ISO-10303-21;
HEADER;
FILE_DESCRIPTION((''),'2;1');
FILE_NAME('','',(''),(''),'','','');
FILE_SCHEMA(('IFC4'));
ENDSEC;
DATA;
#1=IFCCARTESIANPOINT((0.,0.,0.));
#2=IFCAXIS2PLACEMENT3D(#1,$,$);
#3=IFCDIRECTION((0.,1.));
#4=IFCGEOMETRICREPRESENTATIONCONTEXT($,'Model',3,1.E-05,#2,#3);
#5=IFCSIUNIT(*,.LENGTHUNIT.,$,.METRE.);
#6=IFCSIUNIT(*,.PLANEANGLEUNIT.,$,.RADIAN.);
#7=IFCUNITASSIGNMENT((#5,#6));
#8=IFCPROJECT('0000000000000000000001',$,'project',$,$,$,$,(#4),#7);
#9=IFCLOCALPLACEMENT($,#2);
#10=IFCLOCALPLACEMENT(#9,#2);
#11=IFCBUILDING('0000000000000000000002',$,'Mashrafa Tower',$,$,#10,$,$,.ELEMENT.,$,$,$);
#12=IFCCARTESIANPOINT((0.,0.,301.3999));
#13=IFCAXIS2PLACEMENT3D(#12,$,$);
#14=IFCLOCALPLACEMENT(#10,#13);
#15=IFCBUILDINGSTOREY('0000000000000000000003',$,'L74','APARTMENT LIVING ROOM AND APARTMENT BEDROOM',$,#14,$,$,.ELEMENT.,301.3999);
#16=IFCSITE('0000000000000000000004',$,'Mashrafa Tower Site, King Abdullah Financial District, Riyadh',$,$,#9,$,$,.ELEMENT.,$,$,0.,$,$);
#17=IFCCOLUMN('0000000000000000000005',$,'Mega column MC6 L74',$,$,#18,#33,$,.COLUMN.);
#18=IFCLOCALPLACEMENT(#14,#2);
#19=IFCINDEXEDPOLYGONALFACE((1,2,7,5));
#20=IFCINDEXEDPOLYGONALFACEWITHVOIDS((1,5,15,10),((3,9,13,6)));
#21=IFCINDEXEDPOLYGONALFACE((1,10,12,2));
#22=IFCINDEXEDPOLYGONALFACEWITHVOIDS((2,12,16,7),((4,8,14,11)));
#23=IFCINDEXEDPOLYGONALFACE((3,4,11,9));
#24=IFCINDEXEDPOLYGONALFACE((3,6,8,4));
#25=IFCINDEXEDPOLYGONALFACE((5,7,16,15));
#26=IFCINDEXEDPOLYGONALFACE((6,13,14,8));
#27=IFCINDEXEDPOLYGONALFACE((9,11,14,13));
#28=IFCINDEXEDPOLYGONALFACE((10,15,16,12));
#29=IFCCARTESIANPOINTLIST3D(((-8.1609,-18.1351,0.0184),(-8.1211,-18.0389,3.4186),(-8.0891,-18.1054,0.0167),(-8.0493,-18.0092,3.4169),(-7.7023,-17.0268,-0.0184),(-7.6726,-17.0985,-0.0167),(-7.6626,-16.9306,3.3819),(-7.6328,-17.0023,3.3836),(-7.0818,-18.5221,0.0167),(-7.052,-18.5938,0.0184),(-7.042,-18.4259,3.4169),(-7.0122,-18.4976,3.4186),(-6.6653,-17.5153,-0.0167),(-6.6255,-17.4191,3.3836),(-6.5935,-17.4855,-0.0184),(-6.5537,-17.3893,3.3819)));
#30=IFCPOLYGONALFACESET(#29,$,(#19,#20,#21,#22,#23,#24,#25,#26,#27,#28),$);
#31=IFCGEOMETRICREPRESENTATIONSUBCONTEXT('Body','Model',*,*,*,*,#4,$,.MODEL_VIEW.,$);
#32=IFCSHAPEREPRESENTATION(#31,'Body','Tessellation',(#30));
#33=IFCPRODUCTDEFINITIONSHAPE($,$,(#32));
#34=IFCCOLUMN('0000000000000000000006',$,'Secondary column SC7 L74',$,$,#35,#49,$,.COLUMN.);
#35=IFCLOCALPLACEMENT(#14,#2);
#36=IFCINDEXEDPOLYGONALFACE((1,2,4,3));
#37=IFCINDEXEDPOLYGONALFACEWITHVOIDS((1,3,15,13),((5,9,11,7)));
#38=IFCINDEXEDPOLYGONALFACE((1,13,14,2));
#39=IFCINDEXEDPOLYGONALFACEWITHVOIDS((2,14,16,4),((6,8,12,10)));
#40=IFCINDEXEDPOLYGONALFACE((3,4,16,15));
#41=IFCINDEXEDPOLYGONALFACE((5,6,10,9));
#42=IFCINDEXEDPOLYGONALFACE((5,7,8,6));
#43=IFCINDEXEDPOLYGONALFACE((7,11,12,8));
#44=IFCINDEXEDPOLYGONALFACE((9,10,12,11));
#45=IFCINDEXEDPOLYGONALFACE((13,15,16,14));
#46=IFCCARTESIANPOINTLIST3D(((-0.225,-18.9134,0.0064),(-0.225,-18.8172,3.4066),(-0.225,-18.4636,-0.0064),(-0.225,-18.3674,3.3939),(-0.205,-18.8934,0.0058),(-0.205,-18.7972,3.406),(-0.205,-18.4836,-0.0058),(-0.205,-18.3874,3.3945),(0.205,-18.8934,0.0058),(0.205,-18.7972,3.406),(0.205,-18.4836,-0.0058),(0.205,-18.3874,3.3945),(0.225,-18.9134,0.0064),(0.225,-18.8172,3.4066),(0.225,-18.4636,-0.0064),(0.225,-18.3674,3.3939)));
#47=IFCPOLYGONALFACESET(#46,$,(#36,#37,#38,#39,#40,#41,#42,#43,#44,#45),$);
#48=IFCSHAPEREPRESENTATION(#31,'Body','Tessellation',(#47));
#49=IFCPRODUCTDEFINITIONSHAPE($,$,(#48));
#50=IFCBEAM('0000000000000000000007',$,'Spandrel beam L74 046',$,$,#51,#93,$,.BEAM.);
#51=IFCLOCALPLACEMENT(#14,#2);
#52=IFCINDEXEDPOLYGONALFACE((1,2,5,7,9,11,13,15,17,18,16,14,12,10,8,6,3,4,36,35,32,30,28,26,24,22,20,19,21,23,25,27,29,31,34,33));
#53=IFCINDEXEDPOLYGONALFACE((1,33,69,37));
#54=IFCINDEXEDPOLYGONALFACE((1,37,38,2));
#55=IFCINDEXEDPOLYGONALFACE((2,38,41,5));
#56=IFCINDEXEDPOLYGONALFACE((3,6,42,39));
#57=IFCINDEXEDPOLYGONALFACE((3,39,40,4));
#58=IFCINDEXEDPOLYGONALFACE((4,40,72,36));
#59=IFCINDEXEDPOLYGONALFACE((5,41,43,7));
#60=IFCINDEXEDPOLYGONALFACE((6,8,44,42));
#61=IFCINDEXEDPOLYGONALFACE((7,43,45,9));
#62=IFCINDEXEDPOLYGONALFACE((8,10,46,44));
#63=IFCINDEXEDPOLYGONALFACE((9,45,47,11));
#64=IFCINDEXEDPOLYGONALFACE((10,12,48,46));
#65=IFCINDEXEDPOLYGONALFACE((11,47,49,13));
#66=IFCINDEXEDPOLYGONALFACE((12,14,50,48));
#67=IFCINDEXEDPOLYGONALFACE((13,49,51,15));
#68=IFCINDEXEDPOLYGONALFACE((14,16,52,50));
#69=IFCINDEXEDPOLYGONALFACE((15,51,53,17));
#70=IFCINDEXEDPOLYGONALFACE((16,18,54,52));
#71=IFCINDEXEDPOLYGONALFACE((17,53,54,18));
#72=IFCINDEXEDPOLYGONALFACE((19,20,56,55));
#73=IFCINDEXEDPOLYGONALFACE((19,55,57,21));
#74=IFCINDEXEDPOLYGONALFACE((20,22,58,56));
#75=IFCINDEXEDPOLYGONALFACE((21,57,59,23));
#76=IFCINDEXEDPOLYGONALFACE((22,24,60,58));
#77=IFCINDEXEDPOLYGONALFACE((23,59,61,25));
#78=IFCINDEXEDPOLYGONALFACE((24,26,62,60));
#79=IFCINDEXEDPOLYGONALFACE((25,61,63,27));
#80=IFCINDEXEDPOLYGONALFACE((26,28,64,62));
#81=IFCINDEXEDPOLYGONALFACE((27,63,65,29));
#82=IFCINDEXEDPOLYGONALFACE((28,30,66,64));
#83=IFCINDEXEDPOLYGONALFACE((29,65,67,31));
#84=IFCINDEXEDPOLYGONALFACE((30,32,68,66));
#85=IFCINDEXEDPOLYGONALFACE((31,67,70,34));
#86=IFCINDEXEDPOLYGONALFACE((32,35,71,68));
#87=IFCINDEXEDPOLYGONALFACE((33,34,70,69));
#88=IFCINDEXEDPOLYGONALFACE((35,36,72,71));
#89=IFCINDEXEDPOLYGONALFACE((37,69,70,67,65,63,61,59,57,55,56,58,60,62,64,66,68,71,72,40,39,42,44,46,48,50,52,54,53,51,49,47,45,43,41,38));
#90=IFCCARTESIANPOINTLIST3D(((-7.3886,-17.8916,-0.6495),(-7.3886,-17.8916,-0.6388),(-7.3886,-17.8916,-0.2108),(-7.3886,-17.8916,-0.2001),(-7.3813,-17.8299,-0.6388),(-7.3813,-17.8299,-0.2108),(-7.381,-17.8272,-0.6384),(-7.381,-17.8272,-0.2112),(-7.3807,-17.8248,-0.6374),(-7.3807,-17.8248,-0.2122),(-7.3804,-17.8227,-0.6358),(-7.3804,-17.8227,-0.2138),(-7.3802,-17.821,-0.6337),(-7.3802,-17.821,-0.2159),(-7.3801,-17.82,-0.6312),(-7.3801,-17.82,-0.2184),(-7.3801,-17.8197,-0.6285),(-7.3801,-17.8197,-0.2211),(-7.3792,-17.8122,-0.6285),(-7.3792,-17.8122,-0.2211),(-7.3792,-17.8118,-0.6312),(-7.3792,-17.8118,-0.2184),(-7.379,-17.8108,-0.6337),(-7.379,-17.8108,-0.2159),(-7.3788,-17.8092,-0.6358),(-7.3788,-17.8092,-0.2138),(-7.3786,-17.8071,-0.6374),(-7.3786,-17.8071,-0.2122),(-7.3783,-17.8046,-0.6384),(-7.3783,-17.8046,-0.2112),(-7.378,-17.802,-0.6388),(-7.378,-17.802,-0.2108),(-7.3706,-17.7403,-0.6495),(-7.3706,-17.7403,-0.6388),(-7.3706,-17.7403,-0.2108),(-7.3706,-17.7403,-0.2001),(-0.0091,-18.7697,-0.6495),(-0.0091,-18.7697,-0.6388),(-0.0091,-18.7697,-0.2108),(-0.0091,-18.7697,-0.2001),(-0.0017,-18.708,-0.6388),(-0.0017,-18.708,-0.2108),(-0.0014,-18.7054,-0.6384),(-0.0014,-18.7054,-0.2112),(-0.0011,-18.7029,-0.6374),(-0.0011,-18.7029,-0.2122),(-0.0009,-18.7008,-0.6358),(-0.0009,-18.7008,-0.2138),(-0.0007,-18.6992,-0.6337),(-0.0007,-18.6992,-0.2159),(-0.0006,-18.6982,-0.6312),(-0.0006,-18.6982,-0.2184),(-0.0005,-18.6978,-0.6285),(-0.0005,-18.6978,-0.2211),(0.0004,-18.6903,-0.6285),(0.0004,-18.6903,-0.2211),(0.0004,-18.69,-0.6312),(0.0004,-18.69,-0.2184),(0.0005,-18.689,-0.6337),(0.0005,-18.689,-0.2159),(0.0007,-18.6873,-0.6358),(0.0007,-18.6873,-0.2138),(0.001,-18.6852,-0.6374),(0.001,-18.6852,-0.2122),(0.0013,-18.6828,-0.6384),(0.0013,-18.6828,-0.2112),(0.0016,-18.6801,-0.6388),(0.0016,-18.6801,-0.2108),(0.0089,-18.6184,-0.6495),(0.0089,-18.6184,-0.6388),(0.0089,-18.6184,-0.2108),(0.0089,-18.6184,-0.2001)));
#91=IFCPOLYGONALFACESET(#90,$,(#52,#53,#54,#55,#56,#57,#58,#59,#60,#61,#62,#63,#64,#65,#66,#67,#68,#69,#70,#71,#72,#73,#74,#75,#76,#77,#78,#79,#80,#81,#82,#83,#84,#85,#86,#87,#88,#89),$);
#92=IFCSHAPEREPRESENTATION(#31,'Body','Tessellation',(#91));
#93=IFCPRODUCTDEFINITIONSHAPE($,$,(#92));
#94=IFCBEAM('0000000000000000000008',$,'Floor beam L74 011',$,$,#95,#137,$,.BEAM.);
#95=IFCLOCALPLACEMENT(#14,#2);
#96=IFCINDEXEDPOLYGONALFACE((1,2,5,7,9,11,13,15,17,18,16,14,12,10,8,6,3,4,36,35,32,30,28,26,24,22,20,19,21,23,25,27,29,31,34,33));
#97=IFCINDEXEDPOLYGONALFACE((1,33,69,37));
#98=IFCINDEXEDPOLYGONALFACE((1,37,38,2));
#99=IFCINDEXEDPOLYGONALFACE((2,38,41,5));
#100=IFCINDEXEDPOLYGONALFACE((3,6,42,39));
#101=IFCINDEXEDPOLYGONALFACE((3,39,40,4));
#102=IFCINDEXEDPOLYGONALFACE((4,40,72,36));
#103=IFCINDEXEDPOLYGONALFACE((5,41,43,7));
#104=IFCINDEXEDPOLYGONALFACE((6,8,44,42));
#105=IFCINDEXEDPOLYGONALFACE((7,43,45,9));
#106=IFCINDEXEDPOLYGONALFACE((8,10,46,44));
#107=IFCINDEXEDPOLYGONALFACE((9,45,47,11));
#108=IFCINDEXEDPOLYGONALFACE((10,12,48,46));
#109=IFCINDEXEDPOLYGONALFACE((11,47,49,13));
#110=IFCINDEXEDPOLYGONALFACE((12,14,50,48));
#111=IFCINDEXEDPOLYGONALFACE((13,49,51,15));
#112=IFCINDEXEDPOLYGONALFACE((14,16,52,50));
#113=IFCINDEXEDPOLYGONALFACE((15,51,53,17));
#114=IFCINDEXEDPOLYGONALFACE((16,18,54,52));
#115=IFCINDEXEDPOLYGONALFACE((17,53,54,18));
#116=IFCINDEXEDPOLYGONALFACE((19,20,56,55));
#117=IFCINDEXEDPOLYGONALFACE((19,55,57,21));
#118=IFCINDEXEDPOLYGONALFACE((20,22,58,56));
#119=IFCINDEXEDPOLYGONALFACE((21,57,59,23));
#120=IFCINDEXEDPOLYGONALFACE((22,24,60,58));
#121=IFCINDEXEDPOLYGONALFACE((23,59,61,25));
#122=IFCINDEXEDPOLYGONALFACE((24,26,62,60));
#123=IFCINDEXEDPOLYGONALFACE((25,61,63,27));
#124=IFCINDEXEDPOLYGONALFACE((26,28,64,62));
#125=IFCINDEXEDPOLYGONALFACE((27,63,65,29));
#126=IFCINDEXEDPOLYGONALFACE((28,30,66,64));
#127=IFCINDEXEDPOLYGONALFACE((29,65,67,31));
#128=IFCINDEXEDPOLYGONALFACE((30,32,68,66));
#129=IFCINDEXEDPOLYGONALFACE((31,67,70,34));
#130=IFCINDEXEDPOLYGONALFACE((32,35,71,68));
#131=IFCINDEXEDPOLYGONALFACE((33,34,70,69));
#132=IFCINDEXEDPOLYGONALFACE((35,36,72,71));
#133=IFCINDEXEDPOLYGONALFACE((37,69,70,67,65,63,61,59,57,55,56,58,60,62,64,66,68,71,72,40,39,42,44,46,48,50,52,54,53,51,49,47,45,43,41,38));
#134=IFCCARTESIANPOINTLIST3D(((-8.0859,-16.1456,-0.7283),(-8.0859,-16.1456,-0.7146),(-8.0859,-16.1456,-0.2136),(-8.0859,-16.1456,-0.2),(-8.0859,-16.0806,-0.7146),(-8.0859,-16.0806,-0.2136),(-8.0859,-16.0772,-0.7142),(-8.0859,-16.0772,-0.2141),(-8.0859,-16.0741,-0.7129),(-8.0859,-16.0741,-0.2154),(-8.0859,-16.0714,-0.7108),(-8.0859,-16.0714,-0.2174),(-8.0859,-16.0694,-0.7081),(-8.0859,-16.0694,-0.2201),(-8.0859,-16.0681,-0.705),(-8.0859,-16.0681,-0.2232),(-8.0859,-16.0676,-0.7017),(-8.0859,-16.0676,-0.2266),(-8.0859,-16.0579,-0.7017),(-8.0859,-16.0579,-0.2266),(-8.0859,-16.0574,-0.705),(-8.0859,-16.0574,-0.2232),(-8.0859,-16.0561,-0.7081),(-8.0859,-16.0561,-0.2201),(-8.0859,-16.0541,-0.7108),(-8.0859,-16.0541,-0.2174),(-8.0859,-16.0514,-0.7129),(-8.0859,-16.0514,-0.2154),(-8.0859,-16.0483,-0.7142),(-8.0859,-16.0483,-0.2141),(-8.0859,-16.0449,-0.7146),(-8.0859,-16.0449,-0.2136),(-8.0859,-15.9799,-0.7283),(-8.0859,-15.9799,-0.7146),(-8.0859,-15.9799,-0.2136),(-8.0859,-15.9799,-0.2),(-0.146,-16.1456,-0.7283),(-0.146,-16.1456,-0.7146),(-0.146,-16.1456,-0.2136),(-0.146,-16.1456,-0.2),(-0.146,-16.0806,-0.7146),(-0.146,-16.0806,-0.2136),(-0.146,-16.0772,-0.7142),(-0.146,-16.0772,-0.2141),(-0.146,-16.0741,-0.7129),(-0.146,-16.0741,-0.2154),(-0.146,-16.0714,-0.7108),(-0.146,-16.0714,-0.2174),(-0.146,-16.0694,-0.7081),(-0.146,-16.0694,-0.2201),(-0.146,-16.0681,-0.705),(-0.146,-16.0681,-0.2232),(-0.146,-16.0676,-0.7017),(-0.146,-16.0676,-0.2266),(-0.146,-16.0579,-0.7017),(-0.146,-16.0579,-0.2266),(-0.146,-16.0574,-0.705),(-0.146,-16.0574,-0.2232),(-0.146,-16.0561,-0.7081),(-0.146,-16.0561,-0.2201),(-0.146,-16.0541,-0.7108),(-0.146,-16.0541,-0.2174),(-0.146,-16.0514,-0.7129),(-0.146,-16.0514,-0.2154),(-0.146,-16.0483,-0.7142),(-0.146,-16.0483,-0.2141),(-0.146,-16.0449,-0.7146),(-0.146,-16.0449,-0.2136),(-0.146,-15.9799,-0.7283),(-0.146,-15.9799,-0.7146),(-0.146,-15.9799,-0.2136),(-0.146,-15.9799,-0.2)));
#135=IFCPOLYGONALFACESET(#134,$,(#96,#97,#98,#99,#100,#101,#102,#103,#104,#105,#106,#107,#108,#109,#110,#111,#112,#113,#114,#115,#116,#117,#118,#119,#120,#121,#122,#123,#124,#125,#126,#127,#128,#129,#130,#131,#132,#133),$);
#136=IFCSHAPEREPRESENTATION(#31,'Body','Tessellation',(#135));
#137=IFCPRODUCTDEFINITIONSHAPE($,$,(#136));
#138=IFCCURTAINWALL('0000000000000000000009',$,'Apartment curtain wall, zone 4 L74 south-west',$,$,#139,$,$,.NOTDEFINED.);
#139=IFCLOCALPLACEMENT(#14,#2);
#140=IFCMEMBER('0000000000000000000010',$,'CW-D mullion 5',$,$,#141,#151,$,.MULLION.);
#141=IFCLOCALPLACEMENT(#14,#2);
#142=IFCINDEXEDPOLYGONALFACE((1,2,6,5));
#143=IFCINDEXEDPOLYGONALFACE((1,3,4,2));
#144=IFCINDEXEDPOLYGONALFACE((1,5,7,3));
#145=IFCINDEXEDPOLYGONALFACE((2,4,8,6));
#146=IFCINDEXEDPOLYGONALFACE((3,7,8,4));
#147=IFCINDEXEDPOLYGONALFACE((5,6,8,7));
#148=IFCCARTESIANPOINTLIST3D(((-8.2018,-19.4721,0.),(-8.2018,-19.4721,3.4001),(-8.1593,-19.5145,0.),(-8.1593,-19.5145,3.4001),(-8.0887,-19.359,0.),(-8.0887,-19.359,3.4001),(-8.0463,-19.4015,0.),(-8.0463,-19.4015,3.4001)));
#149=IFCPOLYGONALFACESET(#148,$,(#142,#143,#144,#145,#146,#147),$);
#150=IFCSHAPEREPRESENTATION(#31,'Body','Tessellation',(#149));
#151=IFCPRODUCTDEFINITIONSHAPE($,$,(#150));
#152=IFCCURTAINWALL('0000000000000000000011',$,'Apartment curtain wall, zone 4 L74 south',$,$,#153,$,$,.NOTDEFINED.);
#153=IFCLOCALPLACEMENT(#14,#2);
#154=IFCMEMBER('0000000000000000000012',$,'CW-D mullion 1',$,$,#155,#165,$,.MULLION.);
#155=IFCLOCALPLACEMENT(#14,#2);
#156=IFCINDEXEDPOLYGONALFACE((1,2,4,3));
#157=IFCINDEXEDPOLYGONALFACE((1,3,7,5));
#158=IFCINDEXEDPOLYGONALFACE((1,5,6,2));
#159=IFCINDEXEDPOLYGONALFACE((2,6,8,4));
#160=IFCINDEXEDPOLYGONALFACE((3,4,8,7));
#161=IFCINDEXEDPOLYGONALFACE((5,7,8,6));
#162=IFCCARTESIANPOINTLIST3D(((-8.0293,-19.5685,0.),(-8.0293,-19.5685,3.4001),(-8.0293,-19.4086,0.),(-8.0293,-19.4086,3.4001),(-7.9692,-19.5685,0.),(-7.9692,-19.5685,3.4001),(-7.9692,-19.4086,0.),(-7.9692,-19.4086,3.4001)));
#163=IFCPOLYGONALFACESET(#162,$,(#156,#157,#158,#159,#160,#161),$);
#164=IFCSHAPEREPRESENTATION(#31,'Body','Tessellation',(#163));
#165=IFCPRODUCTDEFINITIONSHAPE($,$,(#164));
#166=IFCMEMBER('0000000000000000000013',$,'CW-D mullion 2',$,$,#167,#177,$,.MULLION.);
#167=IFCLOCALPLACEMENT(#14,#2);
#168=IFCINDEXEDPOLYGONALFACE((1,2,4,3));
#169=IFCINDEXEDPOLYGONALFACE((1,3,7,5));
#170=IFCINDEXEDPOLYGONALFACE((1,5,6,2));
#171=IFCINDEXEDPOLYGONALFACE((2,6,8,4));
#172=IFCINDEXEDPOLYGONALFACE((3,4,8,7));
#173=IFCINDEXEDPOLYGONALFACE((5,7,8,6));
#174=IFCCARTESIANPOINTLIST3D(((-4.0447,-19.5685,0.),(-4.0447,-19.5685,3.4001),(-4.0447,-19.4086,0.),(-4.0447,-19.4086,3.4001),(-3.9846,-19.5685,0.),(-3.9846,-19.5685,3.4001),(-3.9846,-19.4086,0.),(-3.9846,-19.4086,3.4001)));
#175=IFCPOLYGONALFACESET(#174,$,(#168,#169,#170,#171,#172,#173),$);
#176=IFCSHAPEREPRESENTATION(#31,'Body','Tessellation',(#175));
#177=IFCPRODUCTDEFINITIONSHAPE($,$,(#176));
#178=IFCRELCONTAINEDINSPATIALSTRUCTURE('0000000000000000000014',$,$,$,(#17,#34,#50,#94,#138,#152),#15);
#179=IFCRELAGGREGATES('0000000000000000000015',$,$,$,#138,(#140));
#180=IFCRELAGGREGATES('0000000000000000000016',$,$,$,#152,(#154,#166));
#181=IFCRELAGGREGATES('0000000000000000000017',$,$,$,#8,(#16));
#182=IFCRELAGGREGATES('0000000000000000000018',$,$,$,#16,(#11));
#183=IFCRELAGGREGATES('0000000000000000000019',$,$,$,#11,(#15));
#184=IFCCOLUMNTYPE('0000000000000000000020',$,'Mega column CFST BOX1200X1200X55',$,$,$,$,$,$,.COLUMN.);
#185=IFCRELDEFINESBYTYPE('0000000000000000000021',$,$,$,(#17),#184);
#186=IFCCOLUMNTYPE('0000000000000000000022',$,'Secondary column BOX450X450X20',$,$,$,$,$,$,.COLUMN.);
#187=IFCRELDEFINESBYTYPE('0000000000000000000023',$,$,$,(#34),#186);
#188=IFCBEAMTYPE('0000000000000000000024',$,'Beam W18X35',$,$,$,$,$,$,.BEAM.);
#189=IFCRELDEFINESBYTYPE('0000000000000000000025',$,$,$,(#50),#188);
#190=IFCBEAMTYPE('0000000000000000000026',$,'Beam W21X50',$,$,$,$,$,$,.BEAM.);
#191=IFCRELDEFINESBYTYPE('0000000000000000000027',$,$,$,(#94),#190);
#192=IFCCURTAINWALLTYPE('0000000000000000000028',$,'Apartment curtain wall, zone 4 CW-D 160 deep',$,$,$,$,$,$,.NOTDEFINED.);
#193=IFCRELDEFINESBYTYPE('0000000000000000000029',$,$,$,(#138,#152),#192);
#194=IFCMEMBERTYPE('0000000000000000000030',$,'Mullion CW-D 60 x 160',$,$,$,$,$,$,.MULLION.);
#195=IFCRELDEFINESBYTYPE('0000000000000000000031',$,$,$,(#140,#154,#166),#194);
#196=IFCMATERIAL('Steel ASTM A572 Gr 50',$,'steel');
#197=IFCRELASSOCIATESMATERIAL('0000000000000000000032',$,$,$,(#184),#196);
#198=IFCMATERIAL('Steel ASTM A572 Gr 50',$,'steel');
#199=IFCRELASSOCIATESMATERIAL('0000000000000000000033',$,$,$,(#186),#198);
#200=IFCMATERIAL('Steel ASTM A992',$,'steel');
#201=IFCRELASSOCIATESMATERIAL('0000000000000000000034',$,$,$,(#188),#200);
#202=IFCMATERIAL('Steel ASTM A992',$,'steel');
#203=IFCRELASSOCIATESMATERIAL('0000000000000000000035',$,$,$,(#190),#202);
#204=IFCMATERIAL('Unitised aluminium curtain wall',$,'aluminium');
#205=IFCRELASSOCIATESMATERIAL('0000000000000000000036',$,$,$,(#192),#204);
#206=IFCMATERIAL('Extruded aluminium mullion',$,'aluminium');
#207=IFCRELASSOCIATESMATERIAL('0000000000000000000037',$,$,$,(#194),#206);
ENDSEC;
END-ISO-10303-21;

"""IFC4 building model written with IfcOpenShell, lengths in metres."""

from ifc_helpers import new_model, si_unit, direction, frame, origin, origin_2d, place, context, subcontext, project, spatial, rectangle, hollow_rectangle, i_section, extrude, source, transform, mapped, material, material_profile, profile_set, type_object, type_shapes, element, aggregate, save


model = new_model("IFC4")

# Units and contexts
model_context = context("Model", 3, precision=1e-05, world=origin(), true_north=direction((0.0, 1.0)))
body_context = subcontext(model_context, "Body", "Model", "MODEL_VIEW")
ifc_project = project(units=[si_unit("LENGTHUNIT", "METRE"), si_unit("PLANEANGLEUNIT", "RADIAN")], contexts=[model_context])

# Site, building, storey
site_placement = place(None, origin())
site = spatial("IfcSite", under=ifc_project, at=site_placement, Name="Mashrafa Tower Site, King Abdullah Financial District, Riyadh", CompositionType="ELEMENT", RefElevation=0.0)
building_placement = place(site_placement, origin())
building = spatial("IfcBuilding", under=site, at=building_placement, Name="Mashrafa Tower", CompositionType="ELEMENT")
storey_placement = place(building_placement, frame((0.0, 0.0, 301.3999)))
storey = spatial("IfcBuildingStorey", under=building, at=storey_placement, Name="L74", Description="APARTMENT LIVING ROOM AND APARTMENT BEDROOM", CompositionType="ELEMENT", Elevation=301.3999)

# Columns
ifc_material_1 = material(Name="Steel ASTM A572 Gr 50", Category="steel")
ifc_material_profile_1 = material_profile(ifc_material_1, hollow_rectangle(XDim=1.2, YDim=1.2, WallThickness=0.0549, at=origin_2d()), Name="BOX1200X1200X55")
ifc_profile_set_1 = profile_set([ifc_material_profile_1], Name="Steel ASTM A572 Gr 50")
column_type_1 = type_object("IfcColumnType", Name="Mega column CFST BOX1200X1200X55", PredefinedType="COLUMN", material=ifc_profile_set_1)
column_1_placement = place(storey_placement, frame((-7.3772, -17.8103, 0.0), z_axis=(0.011698, 0.028277, 0.999532), x_axis=(-0.924045, 0.382283, 0.0)))
element("IfcColumn", 1, at=column_1_placement, inside=storey, type_object=column_type_1, Name="Mega column MC6 L74", PredefinedType="COLUMN", context=body_context, shape_type="SweptSolid", body=[
    extrude(hollow_rectangle(XDim=1.2, YDim=1.2, WallThickness=0.0549, at=origin_2d()), origin(), (0.0, 0.0, 1.0), 3.4019),
])
ifc_material_2 = material(Name="Steel ASTM A572 Gr 50", Category="steel")
ifc_material_profile_2 = material_profile(ifc_material_2, hollow_rectangle(XDim=0.45, YDim=0.45, WallThickness=0.02, at=origin_2d()), Name="BOX450X450X20")
ifc_profile_set_2 = profile_set([ifc_material_profile_2], Name="Steel ASTM A572 Gr 50")
column_type_2 = type_object("IfcColumnType", Name="Secondary column BOX450X450X20", PredefinedType="COLUMN", material=ifc_profile_set_2)
column_2_placement = place(storey_placement, frame((0.0, -18.6885, 0.0), z_axis=(0.0, 0.028279, 0.9996), x_axis=(-1.0, 0.0, 0.0)))
element("IfcColumn", 2, at=column_2_placement, inside=storey, type_object=column_type_2, Name="Secondary column SC7 L74", PredefinedType="COLUMN", context=body_context, shape_type="SweptSolid", body=[
    extrude(hollow_rectangle(XDim=0.45, YDim=0.45, WallThickness=0.02, at=origin_2d()), origin(), (0.0, 0.0, 1.0), 3.4016),
])

# Beams
ifc_material_3 = material(Name="Steel ASTM A992", Category="steel")
ifc_material_profile_3 = material_profile(ifc_material_3, i_section(OverallWidth=0.1523, OverallDepth=0.4495, WebThickness=0.0076, FlangeThickness=0.0107, FilletRadius=0.0103, at=origin_2d()), Name="W18X35")
ifc_profile_set_3 = profile_set([ifc_material_profile_3], Name="Steel ASTM A992")
beam_type_1 = type_object("IfcBeamType", Name="Beam W18X35", PredefinedType="BEAM", material=ifc_profile_set_3)
beam_1_placement = place(storey_placement, frame((-7.3796, -17.8159, -0.4248), z_axis=(0.992994, -0.118166, 0.0), x_axis=(0.118166, 0.992994, 0.0)))
element("IfcBeam", 3, at=beam_1_placement, inside=storey, type_object=beam_type_1, Name="Spandrel beam L74 046", PredefinedType="BEAM", context=body_context, shape_type="SweptSolid", body=[
    extrude(i_section(OverallWidth=0.1523, OverallDepth=0.4495, WebThickness=0.0076, FlangeThickness=0.0107, FilletRadius=0.0103, at=origin_2d()), origin(), (0.0, 0.0, 1.0), 7.4316),
])
ifc_material_4 = material(Name="Steel ASTM A992", Category="steel")
ifc_material_profile_4 = material_profile(ifc_material_4, i_section(OverallWidth=0.1658, OverallDepth=0.5283, WebThickness=0.0098, FlangeThickness=0.0137, FilletRadius=0.0129, at=origin_2d()), Name="W21X50")
ifc_profile_set_4 = profile_set([ifc_material_profile_4], Name="Steel ASTM A992")
beam_type_2 = type_object("IfcBeamType", Name="Beam W21X50", PredefinedType="BEAM", material=ifc_profile_set_4)
beam_2_placement = place(storey_placement, frame((-0.146, -16.0627, -0.4641), z_axis=(-1.0, 0.0, 0.0), x_axis=(0.0, -1.0, 0.0)))
element("IfcBeam", 4, at=beam_2_placement, inside=storey, type_object=beam_type_2, Name="Floor beam L74 011", PredefinedType="BEAM", context=body_context, shape_type="SweptSolid", body=[
    extrude(i_section(OverallWidth=0.1658, OverallDepth=0.5283, WebThickness=0.0098, FlangeThickness=0.0137, FilletRadius=0.0129, at=origin_2d()), origin(), (0.0, 0.0, 1.0), 7.9399),
])

# Curtain wall, member
ifc_material_5 = material(Name="Unitised aluminium curtain wall", Category="aluminium")
curtain_wall_type = type_object("IfcCurtainWallType", Name="Apartment curtain wall, zone 4 CW-D 160 deep", PredefinedType="NOTDEFINED", material=ifc_material_5)
curtain_wall_1_placement = place(storey_placement, origin())
curtain_wall_1 = element("IfcCurtainWall", 5, at=curtain_wall_1_placement, inside=storey, type_object=curtain_wall_type, Name="Apartment curtain wall, zone 4 L74 south-west", PredefinedType="NOTDEFINED")
ifc_material_6 = material(Name="Extruded aluminium mullion", Category="aluminium")
ifc_material_profile_5 = material_profile(ifc_material_6, rectangle(XDim=0.1599, YDim=0.0601, at=origin_2d()), Name="Mullion 60x160")
ifc_profile_set_5 = profile_set([ifc_material_profile_5], Name="Extruded aluminium mullion")
member_type_1 = type_object("IfcMemberType", Name="Mullion CW-D 60 x 160", PredefinedType="MULLION", material=ifc_profile_set_5)
shared_shape_1 = source(origin(), body_context, "Body", "SweptSolid", [
    extrude(rectangle(XDim=0.1599, YDim=0.0601, at=origin_2d()), origin(), (0.0, 0.0, 1.0), 3.4001),
])
type_shapes(member_type_1, [shared_shape_1])
member_1_placement = place(storey_placement, frame((-8.124, -19.4368, 0.0), z_axis=(0.0, 0.0, 1.0), x_axis=(0.707107, 0.707107, 0.0)))
member_1 = element("IfcMember", 6, at=member_1_placement, type_object=member_type_1, Name="CW-D mullion 5", PredefinedType="MULLION", context=body_context, shape_type="MappedRepresentation", body=[
    mapped(shared_shape_1, transform((0.0, 0.0, 0.0))),
])

# Curtain wall, members
curtain_wall_2_placement = place(storey_placement, origin())
curtain_wall_2 = element("IfcCurtainWall", 7, at=curtain_wall_2_placement, inside=storey, type_object=curtain_wall_type, Name="Apartment curtain wall, zone 4 L74 south", PredefinedType="NOTDEFINED")
member_2_placement = place(storey_placement, frame((-7.9993, -19.4885, 0.0), z_axis=(0.0, 0.0, 1.0), x_axis=(0.0, 1.0, 0.0)))
member_2 = element("IfcMember", 8, at=member_2_placement, type_object=member_type_1, Name="CW-D mullion 1", PredefinedType="MULLION", context=body_context, shape_type="MappedRepresentation", body=[
    mapped(shared_shape_1, transform((0.0, 0.0, 0.0))),
])
member_3_placement = place(storey_placement, frame((-4.0146, -19.4885, 0.0), z_axis=(0.0, 0.0, 1.0), x_axis=(0.0, 1.0, 0.0)))
member_3 = element("IfcMember", 9, at=member_3_placement, type_object=member_type_1, Name="CW-D mullion 2", PredefinedType="MULLION", context=body_context, shape_type="MappedRepresentation", body=[
    mapped(shared_shape_1, transform((0.0, 0.0, 0.0))),
])

aggregate(curtain_wall_1, [member_1])
aggregate(curtain_wall_2, [member_2, member_3])

save(model, "model.ifc")
